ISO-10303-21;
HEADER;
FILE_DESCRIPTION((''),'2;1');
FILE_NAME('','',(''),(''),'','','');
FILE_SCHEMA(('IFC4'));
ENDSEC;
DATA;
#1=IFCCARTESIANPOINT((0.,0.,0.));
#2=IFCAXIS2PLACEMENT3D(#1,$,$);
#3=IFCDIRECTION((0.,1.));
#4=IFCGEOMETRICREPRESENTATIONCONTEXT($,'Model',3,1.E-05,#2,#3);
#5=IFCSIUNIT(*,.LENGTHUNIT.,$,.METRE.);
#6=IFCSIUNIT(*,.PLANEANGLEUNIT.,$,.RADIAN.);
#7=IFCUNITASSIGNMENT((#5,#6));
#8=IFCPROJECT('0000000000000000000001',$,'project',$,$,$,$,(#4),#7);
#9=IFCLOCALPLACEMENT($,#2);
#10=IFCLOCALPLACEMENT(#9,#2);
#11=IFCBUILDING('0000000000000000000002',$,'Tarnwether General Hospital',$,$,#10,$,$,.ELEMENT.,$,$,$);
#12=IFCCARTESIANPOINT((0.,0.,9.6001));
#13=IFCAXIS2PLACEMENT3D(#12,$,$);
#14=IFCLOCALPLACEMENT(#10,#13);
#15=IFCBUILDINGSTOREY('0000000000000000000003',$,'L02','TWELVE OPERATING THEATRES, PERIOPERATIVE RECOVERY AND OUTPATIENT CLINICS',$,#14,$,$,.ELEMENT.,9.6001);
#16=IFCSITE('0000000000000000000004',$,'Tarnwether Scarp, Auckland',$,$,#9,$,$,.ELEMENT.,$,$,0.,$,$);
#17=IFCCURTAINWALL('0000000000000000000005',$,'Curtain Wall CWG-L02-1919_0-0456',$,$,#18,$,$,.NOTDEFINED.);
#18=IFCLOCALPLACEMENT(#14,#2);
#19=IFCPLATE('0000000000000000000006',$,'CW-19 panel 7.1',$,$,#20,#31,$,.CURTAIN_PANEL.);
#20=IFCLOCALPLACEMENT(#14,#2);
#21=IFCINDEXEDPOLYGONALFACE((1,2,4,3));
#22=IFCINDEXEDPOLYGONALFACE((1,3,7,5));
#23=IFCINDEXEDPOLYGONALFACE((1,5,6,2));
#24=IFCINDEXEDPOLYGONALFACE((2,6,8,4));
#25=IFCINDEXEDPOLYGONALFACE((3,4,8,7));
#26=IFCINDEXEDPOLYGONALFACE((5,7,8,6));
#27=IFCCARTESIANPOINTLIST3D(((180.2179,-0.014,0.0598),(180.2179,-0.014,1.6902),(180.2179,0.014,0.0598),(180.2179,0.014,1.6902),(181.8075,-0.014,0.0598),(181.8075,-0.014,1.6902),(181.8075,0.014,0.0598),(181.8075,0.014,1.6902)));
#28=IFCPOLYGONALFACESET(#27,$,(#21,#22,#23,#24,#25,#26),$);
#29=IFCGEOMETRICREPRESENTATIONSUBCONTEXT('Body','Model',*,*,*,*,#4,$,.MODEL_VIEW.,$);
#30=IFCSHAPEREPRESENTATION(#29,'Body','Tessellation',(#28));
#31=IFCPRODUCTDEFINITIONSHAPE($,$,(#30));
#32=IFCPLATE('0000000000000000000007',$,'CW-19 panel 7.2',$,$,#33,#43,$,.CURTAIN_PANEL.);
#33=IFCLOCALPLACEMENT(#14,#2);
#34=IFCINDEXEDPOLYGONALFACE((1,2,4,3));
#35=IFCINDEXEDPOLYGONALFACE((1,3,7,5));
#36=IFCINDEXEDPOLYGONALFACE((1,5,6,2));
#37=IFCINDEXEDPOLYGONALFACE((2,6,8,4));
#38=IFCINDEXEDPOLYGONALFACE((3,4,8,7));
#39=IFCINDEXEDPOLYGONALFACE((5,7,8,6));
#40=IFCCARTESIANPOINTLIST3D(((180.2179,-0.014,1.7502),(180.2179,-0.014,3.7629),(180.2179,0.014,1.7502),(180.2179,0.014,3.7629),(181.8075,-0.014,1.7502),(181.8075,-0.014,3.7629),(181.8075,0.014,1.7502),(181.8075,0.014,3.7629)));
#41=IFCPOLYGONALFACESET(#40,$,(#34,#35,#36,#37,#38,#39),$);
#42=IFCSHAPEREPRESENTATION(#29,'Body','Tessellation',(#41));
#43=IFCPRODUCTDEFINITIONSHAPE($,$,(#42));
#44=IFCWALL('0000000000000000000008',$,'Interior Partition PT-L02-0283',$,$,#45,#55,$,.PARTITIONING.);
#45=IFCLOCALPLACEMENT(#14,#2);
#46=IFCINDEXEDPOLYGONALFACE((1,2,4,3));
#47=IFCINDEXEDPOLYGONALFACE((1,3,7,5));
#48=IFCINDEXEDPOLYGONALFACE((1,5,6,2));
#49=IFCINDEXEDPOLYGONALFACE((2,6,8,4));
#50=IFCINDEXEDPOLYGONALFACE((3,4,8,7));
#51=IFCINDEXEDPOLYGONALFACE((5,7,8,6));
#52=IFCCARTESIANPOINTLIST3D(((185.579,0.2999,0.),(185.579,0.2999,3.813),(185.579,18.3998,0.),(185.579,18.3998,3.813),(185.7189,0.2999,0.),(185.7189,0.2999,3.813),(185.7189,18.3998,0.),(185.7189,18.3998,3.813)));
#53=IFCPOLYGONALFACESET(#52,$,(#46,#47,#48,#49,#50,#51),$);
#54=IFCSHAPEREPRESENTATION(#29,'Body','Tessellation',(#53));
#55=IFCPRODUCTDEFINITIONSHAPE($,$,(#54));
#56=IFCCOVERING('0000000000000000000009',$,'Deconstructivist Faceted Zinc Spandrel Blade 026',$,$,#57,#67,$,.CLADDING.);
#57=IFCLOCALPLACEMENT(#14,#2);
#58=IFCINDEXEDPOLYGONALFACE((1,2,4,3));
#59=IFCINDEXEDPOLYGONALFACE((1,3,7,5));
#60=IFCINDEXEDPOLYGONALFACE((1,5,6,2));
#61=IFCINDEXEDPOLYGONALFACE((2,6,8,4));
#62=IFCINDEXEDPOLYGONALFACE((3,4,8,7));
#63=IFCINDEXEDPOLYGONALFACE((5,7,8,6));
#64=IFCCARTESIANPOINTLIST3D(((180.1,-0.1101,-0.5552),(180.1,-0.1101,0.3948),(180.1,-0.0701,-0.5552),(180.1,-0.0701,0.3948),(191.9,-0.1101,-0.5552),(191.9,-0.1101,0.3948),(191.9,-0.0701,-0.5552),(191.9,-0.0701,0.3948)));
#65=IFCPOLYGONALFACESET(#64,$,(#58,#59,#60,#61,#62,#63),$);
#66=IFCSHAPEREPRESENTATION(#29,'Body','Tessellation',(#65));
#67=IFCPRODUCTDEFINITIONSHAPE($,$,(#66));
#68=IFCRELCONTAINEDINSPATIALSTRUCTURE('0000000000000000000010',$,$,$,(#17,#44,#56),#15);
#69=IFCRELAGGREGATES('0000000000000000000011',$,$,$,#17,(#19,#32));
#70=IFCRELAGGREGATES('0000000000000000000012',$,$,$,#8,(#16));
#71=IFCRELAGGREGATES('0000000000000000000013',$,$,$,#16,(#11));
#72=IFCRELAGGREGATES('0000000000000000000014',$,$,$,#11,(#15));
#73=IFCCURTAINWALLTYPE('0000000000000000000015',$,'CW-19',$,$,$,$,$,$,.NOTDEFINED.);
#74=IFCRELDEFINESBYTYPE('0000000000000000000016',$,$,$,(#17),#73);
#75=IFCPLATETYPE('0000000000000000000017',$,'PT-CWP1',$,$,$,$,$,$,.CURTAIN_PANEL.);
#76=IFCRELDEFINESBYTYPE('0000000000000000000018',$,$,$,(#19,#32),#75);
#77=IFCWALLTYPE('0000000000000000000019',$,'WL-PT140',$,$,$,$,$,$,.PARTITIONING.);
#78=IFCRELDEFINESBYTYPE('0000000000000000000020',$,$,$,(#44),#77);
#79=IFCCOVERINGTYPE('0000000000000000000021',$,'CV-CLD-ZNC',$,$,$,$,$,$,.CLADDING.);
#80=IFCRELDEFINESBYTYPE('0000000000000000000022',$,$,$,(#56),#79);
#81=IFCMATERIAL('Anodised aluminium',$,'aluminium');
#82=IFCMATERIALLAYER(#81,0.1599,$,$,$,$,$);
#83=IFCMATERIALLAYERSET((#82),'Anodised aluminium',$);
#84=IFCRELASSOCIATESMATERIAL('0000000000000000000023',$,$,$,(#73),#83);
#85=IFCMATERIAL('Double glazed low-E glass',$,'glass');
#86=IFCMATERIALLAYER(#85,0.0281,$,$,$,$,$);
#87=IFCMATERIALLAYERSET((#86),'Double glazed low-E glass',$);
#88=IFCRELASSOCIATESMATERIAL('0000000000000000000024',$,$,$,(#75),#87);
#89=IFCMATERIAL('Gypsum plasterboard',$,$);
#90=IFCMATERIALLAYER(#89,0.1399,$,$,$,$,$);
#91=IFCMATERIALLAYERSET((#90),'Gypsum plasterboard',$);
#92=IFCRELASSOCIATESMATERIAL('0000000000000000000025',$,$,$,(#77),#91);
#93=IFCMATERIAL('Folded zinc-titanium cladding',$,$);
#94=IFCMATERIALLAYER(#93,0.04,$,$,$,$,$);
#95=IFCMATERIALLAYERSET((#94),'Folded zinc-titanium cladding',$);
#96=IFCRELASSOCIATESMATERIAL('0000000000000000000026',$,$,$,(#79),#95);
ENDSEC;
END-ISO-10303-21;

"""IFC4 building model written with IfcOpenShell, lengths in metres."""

from ifc_helpers import new_model, si_unit, direction, frame, frame_2d, origin, origin_2d, place, context, subcontext, project, spatial, rectangle, extrude, material, layer, layer_set, type_object, element, aggregate, save


model = new_model("IFC4")

# Units and contexts
model_context = context("Model", 3, precision=1e-05, world=origin(), true_north=direction((0.0, 1.0)))
body_context = subcontext(model_context, "Body", "Model", "MODEL_VIEW")
ifc_project = project(units=[si_unit("LENGTHUNIT", "METRE"), si_unit("PLANEANGLEUNIT", "RADIAN")], contexts=[model_context])

# Site, building, storey
site_placement = place(None, origin())
site = spatial("IfcSite", under=ifc_project, at=site_placement, Name="Tarnwether Scarp, Auckland", CompositionType="ELEMENT", RefElevation=0.0)
building_placement = place(site_placement, origin())
building = spatial("IfcBuilding", under=site, at=building_placement, Name="Tarnwether General Hospital", CompositionType="ELEMENT")
storey_placement = place(building_placement, frame((0.0, 0.0, 9.6001)))
storey = spatial("IfcBuildingStorey", under=building, at=storey_placement, Name="L02", Description="TWELVE OPERATING THEATRES, PERIOPERATIVE RECOVERY AND OUTPATIENT CLINICS", CompositionType="ELEMENT", Elevation=9.6001)

# Curtain wall, plates
ifc_material_1 = material(Name="Anodised aluminium", Category="aluminium")
ifc_layer_1 = layer(ifc_material_1, 0.1599)
ifc_layer_set_1 = layer_set([ifc_layer_1], Name="Anodised aluminium")
curtain_wall_type = type_object("IfcCurtainWallType", Name="CW-19", PredefinedType="NOTDEFINED", material=ifc_layer_set_1)
curtain_wall_placement = place(storey_placement, origin())
curtain_wall = element("IfcCurtainWall", 1, at=curtain_wall_placement, inside=storey, type_object=curtain_wall_type, Name="Curtain Wall CWG-L02-1919_0-0456", PredefinedType="NOTDEFINED")
ifc_material_2 = material(Name="Double glazed low-E glass", Category="glass")
ifc_layer_2 = layer(ifc_material_2, 0.0281)
ifc_layer_set_2 = layer_set([ifc_layer_2], Name="Double glazed low-E glass")
plate_type = type_object("IfcPlateType", Name="PT-CWP1", PredefinedType="CURTAIN_PANEL", material=ifc_layer_set_2)
plate_1_placement = place(storey_placement, frame((181.0127, 0.0, 0.0598), z_axis=(0.0, 0.0, 1.0), x_axis=(-1.0, 0.0, 0.0)))
plate_1 = element("IfcPlate", 2, at=plate_1_placement, type_object=plate_type, Name="CW-19 panel 7.1", PredefinedType="CURTAIN_PANEL", context=body_context, shape_type="SweptSolid", body=[
    extrude(rectangle(XDim=1.5896, YDim=0.0281, at=origin_2d()), origin(), (0.0, 0.0, 1.0), 1.6304),
])
plate_2_placement = place(storey_placement, frame((181.0127, 0.0, 1.7502), z_axis=(0.0, 0.0, 1.0), x_axis=(-1.0, 0.0, 0.0)))
plate_2 = element("IfcPlate", 3, at=plate_2_placement, type_object=plate_type, Name="CW-19 panel 7.2", PredefinedType="CURTAIN_PANEL", context=body_context, shape_type="SweptSolid", body=[
    extrude(rectangle(XDim=1.5896, YDim=0.0281, at=origin_2d()), origin(), (0.0, 0.0, 1.0), 2.0127),
])
aggregate(curtain_wall, [plate_1, plate_2])

# Wall
ifc_material_3 = material(Name="Gypsum plasterboard")
ifc_layer_3 = layer(ifc_material_3, 0.1399)
ifc_layer_set_3 = layer_set([ifc_layer_3], Name="Gypsum plasterboard")
wall_type = type_object("IfcWallType", Name="WL-PT140", PredefinedType="PARTITIONING", material=ifc_layer_set_3)
wall_placement = place(storey_placement, frame((185.6489, 0.3, 0.0), z_axis=(0.0, 0.0, 1.0), x_axis=(0.0, 1.0, 0.0)))
element("IfcWall", 4, at=wall_placement, inside=storey, type_object=wall_type, Name="Interior Partition PT-L02-0283", PredefinedType="PARTITIONING", context=body_context, shape_type="SweptSolid", body=[
    extrude(rectangle(XDim=18.0999, YDim=0.1399, at=frame_2d((9.0498, 0.0))), origin(), (0.0, 0.0, 1.0), 3.813),
])

# Covering
ifc_material_4 = material(Name="Folded zinc-titanium cladding")
ifc_layer_4 = layer(ifc_material_4, 0.04)
ifc_layer_set_4 = layer_set([ifc_layer_4], Name="Folded zinc-titanium cladding")
covering_type = type_object("IfcCoveringType", Name="CV-CLD-ZNC", PredefinedType="CLADDING", material=ifc_layer_set_4)
covering_placement = place(storey_placement, frame((186.0, -0.0901, -0.5552), z_axis=(0.0, 0.0, 1.0), x_axis=(1.0, 0.0, 0.0)))
element("IfcCovering", 5, at=covering_placement, inside=storey, type_object=covering_type, Name="Deconstructivist Faceted Zinc Spandrel Blade 026", PredefinedType="CLADDING", context=body_context, shape_type="SweptSolid", body=[
    extrude(rectangle(XDim=11.8, YDim=0.04, at=origin_2d()), origin(), (0.0, 0.0, 1.0), 0.95),
])

save(model, "model.ifc")
